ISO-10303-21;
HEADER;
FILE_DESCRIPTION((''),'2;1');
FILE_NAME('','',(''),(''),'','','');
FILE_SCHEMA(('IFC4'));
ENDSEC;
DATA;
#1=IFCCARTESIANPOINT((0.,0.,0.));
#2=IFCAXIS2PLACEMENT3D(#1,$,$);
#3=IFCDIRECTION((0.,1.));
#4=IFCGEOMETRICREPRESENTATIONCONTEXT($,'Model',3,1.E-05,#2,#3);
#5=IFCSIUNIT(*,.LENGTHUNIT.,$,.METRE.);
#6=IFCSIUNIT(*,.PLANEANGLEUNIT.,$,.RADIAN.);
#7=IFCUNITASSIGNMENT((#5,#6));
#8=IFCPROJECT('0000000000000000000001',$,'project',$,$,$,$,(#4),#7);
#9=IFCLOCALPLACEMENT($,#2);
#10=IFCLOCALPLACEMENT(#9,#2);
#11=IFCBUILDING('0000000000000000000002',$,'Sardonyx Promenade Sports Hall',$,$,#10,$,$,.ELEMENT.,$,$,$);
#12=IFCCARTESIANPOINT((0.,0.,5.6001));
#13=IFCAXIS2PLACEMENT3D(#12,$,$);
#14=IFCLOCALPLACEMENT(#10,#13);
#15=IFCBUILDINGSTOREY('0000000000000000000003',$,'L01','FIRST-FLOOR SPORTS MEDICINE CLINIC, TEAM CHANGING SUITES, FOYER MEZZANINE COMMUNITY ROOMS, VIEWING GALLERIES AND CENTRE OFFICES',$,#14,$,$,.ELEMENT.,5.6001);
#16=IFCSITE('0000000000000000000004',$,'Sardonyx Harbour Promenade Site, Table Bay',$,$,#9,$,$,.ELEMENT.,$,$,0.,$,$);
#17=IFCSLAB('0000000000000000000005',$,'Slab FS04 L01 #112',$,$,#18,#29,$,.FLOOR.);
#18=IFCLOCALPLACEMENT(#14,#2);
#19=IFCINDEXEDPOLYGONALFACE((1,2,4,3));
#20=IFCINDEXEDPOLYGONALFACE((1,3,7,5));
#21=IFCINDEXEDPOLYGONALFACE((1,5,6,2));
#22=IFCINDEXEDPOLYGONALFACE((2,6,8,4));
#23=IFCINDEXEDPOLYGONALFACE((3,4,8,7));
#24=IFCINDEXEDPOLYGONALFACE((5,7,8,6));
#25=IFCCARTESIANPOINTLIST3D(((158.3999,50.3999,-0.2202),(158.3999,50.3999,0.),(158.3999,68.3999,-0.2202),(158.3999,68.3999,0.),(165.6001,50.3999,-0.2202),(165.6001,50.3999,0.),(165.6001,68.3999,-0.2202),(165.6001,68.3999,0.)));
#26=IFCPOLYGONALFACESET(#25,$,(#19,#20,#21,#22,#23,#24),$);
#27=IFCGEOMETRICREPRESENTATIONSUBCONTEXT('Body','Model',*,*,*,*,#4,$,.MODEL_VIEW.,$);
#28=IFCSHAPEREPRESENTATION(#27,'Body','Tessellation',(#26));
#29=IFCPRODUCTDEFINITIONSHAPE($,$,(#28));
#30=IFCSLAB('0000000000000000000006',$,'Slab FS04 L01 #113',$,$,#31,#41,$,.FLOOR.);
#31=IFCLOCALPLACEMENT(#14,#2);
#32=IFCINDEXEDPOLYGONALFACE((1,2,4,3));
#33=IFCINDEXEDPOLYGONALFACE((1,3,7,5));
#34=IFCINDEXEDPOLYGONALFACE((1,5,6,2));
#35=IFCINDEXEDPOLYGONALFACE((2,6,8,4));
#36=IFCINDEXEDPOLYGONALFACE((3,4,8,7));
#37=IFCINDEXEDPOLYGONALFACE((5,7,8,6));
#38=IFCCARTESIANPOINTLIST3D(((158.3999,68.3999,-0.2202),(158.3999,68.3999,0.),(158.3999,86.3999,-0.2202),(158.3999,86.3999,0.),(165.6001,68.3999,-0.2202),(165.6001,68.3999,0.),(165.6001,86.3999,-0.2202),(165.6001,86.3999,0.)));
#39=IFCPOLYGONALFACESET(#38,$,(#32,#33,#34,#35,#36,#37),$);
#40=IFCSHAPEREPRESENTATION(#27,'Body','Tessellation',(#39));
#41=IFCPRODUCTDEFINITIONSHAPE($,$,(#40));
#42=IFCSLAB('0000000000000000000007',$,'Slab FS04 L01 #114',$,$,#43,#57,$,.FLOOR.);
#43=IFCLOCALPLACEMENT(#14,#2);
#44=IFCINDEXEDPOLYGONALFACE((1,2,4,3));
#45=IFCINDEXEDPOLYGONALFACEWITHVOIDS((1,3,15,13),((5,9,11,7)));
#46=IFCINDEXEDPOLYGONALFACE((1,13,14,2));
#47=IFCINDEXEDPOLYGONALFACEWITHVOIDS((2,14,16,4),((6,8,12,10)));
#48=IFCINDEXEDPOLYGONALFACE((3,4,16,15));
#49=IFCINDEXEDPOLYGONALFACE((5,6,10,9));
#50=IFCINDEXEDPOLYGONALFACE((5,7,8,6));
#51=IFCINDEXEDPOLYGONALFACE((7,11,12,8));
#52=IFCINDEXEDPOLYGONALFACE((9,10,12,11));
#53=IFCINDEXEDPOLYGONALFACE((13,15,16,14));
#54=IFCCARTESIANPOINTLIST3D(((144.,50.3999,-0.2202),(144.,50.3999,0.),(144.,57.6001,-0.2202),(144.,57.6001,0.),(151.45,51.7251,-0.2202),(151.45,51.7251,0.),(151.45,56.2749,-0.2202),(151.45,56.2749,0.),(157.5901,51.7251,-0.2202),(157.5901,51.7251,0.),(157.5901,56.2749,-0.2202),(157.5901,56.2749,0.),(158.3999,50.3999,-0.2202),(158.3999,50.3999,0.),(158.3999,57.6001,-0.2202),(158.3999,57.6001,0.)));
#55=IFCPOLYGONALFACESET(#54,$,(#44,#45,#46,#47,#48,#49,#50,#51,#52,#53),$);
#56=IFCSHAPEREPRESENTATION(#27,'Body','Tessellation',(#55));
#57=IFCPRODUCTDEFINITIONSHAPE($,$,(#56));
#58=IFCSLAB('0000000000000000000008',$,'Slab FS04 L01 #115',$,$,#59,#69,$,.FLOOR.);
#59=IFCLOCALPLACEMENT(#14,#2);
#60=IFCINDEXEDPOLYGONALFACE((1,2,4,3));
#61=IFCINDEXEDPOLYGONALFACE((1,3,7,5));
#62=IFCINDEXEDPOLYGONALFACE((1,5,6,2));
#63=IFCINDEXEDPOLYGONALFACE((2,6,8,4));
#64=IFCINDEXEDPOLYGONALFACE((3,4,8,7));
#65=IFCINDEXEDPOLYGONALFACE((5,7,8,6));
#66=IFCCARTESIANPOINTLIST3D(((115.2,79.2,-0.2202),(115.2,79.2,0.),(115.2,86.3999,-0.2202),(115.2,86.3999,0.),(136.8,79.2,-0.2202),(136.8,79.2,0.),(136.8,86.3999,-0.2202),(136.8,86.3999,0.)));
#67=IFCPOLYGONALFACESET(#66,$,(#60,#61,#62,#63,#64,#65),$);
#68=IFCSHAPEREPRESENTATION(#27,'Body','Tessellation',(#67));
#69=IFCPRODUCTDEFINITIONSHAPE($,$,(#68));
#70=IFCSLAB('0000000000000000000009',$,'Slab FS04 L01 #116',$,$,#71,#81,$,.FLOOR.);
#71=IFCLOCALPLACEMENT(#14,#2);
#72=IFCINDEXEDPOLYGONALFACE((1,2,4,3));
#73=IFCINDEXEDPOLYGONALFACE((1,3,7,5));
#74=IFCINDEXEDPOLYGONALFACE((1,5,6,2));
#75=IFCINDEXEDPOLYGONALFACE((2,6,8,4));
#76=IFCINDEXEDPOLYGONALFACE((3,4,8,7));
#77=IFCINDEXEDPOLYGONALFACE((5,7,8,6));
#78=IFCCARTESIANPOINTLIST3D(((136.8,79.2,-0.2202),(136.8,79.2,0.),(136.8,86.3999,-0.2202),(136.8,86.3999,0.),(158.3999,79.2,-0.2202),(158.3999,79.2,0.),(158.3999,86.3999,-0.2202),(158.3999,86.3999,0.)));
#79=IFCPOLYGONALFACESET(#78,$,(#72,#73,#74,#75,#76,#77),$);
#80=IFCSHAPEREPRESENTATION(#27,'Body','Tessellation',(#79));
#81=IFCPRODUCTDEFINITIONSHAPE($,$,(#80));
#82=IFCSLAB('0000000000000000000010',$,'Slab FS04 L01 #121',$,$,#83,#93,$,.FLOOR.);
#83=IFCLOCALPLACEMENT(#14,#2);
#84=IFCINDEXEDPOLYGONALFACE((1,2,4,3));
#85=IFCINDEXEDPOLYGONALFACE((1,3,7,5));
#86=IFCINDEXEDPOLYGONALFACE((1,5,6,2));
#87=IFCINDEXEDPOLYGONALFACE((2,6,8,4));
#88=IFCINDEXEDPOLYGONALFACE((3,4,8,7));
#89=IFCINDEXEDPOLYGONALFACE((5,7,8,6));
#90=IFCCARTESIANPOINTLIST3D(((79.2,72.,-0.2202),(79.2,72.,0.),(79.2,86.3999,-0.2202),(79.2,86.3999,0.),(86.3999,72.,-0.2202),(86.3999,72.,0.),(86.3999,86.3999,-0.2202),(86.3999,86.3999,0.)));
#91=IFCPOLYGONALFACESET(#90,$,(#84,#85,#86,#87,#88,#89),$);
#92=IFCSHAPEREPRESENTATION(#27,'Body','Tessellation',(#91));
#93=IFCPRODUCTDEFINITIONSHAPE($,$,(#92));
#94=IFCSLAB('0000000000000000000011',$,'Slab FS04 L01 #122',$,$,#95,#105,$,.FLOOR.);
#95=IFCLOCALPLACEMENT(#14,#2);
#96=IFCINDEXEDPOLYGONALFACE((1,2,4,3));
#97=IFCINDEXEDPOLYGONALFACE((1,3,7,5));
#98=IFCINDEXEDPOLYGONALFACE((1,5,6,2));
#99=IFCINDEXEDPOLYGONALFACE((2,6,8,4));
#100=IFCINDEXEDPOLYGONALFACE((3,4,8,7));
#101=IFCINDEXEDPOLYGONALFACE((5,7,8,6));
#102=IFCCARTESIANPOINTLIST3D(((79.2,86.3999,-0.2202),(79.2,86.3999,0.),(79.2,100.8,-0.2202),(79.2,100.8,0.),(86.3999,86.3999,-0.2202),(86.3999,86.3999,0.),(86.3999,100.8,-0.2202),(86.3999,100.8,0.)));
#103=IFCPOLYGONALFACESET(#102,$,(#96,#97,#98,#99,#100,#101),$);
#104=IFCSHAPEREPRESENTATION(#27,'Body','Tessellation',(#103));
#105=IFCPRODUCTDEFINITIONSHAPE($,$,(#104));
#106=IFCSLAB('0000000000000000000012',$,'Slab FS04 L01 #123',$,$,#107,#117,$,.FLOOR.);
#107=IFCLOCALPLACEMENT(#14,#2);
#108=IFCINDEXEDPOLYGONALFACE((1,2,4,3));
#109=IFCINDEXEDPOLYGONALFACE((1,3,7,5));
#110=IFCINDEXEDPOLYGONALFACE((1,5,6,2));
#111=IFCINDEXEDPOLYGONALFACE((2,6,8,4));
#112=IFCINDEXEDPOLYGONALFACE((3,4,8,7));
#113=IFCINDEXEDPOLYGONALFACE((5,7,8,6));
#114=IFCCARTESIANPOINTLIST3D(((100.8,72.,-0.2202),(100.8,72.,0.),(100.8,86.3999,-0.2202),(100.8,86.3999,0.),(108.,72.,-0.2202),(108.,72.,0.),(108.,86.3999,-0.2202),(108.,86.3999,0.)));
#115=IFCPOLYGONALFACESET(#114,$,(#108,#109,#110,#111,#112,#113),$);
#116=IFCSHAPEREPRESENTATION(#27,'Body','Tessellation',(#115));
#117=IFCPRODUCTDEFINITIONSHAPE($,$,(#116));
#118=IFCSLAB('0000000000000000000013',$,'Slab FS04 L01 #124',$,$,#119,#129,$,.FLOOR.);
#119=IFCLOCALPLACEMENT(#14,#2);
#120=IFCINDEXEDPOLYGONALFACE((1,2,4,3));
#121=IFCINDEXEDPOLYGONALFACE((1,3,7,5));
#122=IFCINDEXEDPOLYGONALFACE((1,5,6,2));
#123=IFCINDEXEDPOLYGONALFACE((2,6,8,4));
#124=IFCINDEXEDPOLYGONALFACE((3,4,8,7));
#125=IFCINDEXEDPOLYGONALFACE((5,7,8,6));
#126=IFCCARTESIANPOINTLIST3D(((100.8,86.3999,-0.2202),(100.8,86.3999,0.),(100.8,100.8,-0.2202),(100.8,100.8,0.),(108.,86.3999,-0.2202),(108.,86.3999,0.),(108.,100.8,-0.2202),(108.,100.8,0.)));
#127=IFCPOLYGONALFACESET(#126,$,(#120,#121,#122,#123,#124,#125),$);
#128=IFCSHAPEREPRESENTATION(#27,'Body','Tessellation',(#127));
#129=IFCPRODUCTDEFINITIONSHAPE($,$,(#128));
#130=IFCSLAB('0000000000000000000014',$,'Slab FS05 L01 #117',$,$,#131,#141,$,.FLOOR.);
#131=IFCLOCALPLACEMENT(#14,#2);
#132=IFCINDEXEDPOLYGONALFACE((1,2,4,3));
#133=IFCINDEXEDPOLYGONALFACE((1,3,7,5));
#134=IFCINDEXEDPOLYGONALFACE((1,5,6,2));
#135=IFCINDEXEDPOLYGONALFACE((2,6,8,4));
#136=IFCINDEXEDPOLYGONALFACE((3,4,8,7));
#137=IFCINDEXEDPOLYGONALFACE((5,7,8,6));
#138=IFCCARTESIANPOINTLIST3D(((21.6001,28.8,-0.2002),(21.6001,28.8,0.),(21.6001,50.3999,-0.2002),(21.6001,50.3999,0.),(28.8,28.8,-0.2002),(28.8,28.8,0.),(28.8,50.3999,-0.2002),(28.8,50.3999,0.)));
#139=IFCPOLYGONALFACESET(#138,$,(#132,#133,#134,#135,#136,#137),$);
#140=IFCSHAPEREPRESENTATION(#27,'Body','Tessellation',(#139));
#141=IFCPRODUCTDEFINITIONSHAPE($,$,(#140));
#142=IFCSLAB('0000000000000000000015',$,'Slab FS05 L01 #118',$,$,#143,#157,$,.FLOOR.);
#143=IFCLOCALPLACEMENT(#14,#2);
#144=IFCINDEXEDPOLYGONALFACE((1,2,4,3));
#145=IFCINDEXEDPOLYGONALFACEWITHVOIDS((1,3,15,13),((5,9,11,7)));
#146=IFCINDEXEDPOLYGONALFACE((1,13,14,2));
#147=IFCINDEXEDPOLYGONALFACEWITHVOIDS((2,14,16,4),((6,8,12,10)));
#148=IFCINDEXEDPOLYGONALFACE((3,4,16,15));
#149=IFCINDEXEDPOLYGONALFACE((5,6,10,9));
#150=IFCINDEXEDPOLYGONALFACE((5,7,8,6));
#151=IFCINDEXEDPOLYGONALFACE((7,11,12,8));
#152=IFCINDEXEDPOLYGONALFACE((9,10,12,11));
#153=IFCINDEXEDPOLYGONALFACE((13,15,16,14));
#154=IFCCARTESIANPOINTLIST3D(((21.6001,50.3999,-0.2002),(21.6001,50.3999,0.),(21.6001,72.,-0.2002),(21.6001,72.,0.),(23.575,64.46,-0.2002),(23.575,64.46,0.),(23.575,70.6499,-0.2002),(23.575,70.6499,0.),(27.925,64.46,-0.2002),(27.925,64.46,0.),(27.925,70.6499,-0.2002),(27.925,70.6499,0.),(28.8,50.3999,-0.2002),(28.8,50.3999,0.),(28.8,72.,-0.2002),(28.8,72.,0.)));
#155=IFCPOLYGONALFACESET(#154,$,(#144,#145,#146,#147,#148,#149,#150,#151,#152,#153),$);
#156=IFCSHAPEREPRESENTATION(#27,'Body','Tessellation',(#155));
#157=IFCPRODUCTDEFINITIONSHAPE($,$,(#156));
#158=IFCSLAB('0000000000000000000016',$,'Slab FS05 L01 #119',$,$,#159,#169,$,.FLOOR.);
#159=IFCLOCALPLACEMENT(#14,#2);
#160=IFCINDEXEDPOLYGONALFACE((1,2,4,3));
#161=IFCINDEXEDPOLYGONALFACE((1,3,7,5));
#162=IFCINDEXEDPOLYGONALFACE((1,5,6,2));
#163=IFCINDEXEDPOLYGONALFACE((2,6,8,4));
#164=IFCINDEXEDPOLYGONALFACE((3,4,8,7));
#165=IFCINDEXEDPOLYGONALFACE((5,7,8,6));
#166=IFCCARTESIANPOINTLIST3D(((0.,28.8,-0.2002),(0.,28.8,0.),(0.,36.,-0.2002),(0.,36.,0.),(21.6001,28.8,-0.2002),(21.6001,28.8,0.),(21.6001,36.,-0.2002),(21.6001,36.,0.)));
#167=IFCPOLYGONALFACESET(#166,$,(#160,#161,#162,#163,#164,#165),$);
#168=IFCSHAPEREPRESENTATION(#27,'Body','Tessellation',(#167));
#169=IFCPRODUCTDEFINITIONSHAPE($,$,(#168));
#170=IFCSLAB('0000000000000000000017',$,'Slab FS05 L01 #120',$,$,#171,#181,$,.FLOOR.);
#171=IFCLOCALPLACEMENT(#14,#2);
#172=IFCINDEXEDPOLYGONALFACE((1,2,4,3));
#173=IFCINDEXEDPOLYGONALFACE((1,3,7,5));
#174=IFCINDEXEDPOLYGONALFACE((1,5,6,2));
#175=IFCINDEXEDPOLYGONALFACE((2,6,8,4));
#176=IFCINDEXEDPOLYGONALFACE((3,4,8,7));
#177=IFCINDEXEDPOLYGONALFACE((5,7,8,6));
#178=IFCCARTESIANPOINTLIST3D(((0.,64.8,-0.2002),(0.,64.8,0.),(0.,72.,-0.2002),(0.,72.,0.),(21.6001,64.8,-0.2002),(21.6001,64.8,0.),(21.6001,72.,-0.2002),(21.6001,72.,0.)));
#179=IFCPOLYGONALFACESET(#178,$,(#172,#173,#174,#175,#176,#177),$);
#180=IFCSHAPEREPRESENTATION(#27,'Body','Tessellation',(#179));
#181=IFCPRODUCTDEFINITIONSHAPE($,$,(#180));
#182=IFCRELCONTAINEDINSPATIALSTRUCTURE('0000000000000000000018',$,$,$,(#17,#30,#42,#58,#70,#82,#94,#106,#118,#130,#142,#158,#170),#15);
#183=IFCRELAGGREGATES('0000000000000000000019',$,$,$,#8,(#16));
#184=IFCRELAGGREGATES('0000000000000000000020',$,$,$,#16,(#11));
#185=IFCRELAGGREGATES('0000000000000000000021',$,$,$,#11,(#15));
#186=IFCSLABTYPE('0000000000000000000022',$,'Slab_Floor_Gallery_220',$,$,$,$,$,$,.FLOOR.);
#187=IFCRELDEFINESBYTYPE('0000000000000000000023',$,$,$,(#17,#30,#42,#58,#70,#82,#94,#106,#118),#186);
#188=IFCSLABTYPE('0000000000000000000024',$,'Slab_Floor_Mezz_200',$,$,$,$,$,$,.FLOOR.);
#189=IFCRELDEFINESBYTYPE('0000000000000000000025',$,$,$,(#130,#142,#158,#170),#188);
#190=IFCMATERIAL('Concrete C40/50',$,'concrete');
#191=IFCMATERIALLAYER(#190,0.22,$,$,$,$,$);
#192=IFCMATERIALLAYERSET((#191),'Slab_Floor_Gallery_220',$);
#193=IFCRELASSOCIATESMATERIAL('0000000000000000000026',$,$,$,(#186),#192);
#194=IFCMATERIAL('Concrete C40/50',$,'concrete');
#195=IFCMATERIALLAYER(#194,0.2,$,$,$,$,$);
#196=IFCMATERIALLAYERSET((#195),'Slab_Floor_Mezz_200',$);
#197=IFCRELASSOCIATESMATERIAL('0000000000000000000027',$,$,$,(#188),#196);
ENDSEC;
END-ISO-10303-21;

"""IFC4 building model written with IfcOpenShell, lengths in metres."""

from ifc_helpers import new_model, si_unit, direction, frame, origin, place, context, subcontext, project, spatial, polyline, outline, extrude, material, layer, layer_set, type_object, element, save


model = new_model("IFC4")

# Units and contexts
model_context = context("Model", 3, precision=1e-05, world=origin(), true_north=direction((0.0, 1.0)))
body_context = subcontext(model_context, "Body", "Model", "MODEL_VIEW")
ifc_project = project(units=[si_unit("LENGTHUNIT", "METRE"), si_unit("PLANEANGLEUNIT", "RADIAN")], contexts=[model_context])

# Site, building, storey
site_placement = place(None, origin())
site = spatial("IfcSite", under=ifc_project, at=site_placement, Name="Sardonyx Harbour Promenade Site, Table Bay", CompositionType="ELEMENT", RefElevation=0.0)
building_placement = place(site_placement, origin())
building = spatial("IfcBuilding", under=site, at=building_placement, Name="Sardonyx Promenade Sports Hall", CompositionType="ELEMENT")
storey_placement = place(building_placement, frame((0.0, 0.0, 5.6001)))
storey = spatial("IfcBuildingStorey", under=building, at=storey_placement, Name="L01", Description="FIRST-FLOOR SPORTS MEDICINE CLINIC, TEAM CHANGING SUITES, FOYER MEZZANINE COMMUNITY ROOMS, VIEWING GALLERIES AND CENTRE OFFICES", CompositionType="ELEMENT", Elevation=5.6001)

# Slabs
ifc_material_1 = material(Name="Concrete C40/50", Category="concrete")
ifc_layer_1 = layer(ifc_material_1, 0.22)
ifc_layer_set_1 = layer_set([ifc_layer_1], Name="Slab_Floor_Gallery_220")
slab_type_1 = type_object("IfcSlabType", Name="Slab_Floor_Gallery_220", PredefinedType="FLOOR", material=ifc_layer_set_1)
slab_1_placement = place(storey_placement, frame((0.0, 0.0, -0.2202)))
element("IfcSlab", 1, at=slab_1_placement, inside=storey, type_object=slab_type_1, Name="Slab FS04 L01 #112", PredefinedType="FLOOR", context=body_context, shape_type="SweptSolid", body=[
    extrude(outline(polyline([(158.3999, 50.3999), (165.6001, 50.3999), (165.6001, 68.3999), (158.3999, 68.3999), (158.3999, 50.3999)])), origin(), (0.0, 0.0, 1.0), 0.2202),
])
slab_2_placement = place(storey_placement, frame((0.0, 0.0, -0.2202)))
element("IfcSlab", 2, at=slab_2_placement, inside=storey, type_object=slab_type_1, Name="Slab FS04 L01 #113", PredefinedType="FLOOR", context=body_context, shape_type="SweptSolid", body=[
    extrude(outline(polyline([(158.3999, 68.3999), (165.6001, 68.3999), (165.6001, 86.3999), (158.3999, 86.3999), (158.3999, 68.3999)])), origin(), (0.0, 0.0, 1.0), 0.2202),
])
slab_3_placement = place(storey_placement, frame((0.0, 0.0, -0.2202)))
element("IfcSlab", 3, at=slab_3_placement, inside=storey, type_object=slab_type_1, Name="Slab FS04 L01 #114", PredefinedType="FLOOR", context=body_context, shape_type="SweptSolid", body=[
    extrude(outline(polyline([(144.0, 57.6001), (144.0, 50.3999), (158.3999, 50.3999), (158.3999, 57.6001), (144.0, 57.6001)]), holes=[polyline([(157.5901, 56.2749), (157.5901, 51.7251), (151.45, 51.7251), (151.45, 56.2749), (157.5901, 56.2749)])]), origin(), (0.0, 0.0, 1.0), 0.2202),
])
slab_4_placement = place(storey_placement, frame((0.0, 0.0, -0.2202)))
element("IfcSlab", 4, at=slab_4_placement, inside=storey, type_object=slab_type_1, Name="Slab FS04 L01 #115", PredefinedType="FLOOR", context=body_context, shape_type="SweptSolid", body=[
    extrude(outline(polyline([(115.2, 79.2), (136.8, 79.2), (136.8, 86.3999), (115.2, 86.3999), (115.2, 79.2)])), origin(), (0.0, 0.0, 1.0), 0.2202),
])
slab_5_placement = place(storey_placement, frame((0.0, 0.0, -0.2202)))
element("IfcSlab", 5, at=slab_5_placement, inside=storey, type_object=slab_type_1, Name="Slab FS04 L01 #116", PredefinedType="FLOOR", context=body_context, shape_type="SweptSolid", body=[
    extrude(outline(polyline([(136.8, 79.2), (158.3999, 79.2), (158.3999, 86.3999), (136.8, 86.3999), (136.8, 79.2)])), origin(), (0.0, 0.0, 1.0), 0.2202),
])
slab_6_placement = place(storey_placement, frame((0.0, 0.0, -0.2202)))
element("IfcSlab", 6, at=slab_6_placement, inside=storey, type_object=slab_type_1, Name="Slab FS04 L01 #121", PredefinedType="FLOOR", context=body_context, shape_type="SweptSolid", body=[
    extrude(outline(polyline([(79.2, 72.0), (86.3999, 72.0), (86.3999, 86.3999), (79.2, 86.3999), (79.2, 72.0)])), origin(), (0.0, 0.0, 1.0), 0.2202),
])
slab_7_placement = place(storey_placement, frame((0.0, 0.0, -0.2202)))
element("IfcSlab", 7, at=slab_7_placement, inside=storey, type_object=slab_type_1, Name="Slab FS04 L01 #122", PredefinedType="FLOOR", context=body_context, shape_type="SweptSolid", body=[
    extrude(outline(polyline([(79.2, 86.3999), (86.3999, 86.3999), (86.3999, 100.8), (79.2, 100.8), (79.2, 86.3999)])), origin(), (0.0, 0.0, 1.0), 0.2202),
])
slab_8_placement = place(storey_placement, frame((0.0, 0.0, -0.2202)))
element("IfcSlab", 8, at=slab_8_placement, inside=storey, type_object=slab_type_1, Name="Slab FS04 L01 #123", PredefinedType="FLOOR", context=body_context, shape_type="SweptSolid", body=[
    extrude(outline(polyline([(100.8, 72.0), (108.0, 72.0), (108.0, 86.3999), (100.8, 86.3999), (100.8, 72.0)])), origin(), (0.0, 0.0, 1.0), 0.2202),
])
slab_9_placement = place(storey_placement, frame((0.0, 0.0, -0.2202)))
element("IfcSlab", 9, at=slab_9_placement, inside=storey, type_object=slab_type_1, Name="Slab FS04 L01 #124", PredefinedType="FLOOR", context=body_context, shape_type="SweptSolid", body=[
    extrude(outline(polyline([(100.8, 86.3999), (108.0, 86.3999), (108.0, 100.8), (100.8, 100.8), (100.8, 86.3999)])), origin(), (0.0, 0.0, 1.0), 0.2202),
])
ifc_material_2 = material(Name="Concrete C40/50", Category="concrete")
ifc_layer_2 = layer(ifc_material_2, 0.2)
ifc_layer_set_2 = layer_set([ifc_layer_2], Name="Slab_Floor_Mezz_200")
slab_type_2 = type_object("IfcSlabType", Name="Slab_Floor_Mezz_200", PredefinedType="FLOOR", material=ifc_layer_set_2)
slab_10_placement = place(storey_placement, frame((0.0, 0.0, -0.2002)))
element("IfcSlab", 10, at=slab_10_placement, inside=storey, type_object=slab_type_2, Name="Slab FS05 L01 #117", PredefinedType="FLOOR", context=body_context, shape_type="SweptSolid", body=[
    extrude(outline(polyline([(21.6001, 28.8), (28.8, 28.8), (28.8, 50.3999), (21.6001, 50.3999), (21.6001, 28.8)])), origin(), (0.0, 0.0, 1.0), 0.2002),
])
slab_11_placement = place(storey_placement, frame((0.0, 0.0, -0.2002)))
element("IfcSlab", 11, at=slab_11_placement, inside=storey, type_object=slab_type_2, Name="Slab FS05 L01 #118", PredefinedType="FLOOR", context=body_context, shape_type="SweptSolid", body=[
    extrude(outline(polyline([(21.6001, 72.0), (21.6001, 50.3999), (28.8, 50.3999), (28.8, 72.0), (21.6001, 72.0)]), holes=[polyline([(27.925, 70.6499), (27.925, 64.46), (23.575, 64.46), (23.575, 70.6499), (27.925, 70.6499)])]), origin(), (0.0, 0.0, 1.0), 0.2002),
])
slab_12_placement = place(storey_placement, frame((0.0, 0.0, -0.2002)))
element("IfcSlab", 12, at=slab_12_placement, inside=storey, type_object=slab_type_2, Name="Slab FS05 L01 #119", PredefinedType="FLOOR", context=body_context, shape_type="SweptSolid", body=[
    extrude(outline(polyline([(0.0, 28.8), (21.6001, 28.8), (21.6001, 36.0), (0.0, 36.0), (0.0, 28.8)])), origin(), (0.0, 0.0, 1.0), 0.2002),
])
slab_13_placement = place(storey_placement, frame((0.0, 0.0, -0.2002)))
element("IfcSlab", 13, at=slab_13_placement, inside=storey, type_object=slab_type_2, Name="Slab FS05 L01 #120", PredefinedType="FLOOR", context=body_context, shape_type="SweptSolid", body=[
    extrude(outline(polyline([(0.0, 64.8), (21.6001, 64.8), (21.6001, 72.0), (0.0, 72.0), (0.0, 64.8)])), origin(), (0.0, 0.0, 1.0), 0.2002),
])

save(model, "model.ifc")
